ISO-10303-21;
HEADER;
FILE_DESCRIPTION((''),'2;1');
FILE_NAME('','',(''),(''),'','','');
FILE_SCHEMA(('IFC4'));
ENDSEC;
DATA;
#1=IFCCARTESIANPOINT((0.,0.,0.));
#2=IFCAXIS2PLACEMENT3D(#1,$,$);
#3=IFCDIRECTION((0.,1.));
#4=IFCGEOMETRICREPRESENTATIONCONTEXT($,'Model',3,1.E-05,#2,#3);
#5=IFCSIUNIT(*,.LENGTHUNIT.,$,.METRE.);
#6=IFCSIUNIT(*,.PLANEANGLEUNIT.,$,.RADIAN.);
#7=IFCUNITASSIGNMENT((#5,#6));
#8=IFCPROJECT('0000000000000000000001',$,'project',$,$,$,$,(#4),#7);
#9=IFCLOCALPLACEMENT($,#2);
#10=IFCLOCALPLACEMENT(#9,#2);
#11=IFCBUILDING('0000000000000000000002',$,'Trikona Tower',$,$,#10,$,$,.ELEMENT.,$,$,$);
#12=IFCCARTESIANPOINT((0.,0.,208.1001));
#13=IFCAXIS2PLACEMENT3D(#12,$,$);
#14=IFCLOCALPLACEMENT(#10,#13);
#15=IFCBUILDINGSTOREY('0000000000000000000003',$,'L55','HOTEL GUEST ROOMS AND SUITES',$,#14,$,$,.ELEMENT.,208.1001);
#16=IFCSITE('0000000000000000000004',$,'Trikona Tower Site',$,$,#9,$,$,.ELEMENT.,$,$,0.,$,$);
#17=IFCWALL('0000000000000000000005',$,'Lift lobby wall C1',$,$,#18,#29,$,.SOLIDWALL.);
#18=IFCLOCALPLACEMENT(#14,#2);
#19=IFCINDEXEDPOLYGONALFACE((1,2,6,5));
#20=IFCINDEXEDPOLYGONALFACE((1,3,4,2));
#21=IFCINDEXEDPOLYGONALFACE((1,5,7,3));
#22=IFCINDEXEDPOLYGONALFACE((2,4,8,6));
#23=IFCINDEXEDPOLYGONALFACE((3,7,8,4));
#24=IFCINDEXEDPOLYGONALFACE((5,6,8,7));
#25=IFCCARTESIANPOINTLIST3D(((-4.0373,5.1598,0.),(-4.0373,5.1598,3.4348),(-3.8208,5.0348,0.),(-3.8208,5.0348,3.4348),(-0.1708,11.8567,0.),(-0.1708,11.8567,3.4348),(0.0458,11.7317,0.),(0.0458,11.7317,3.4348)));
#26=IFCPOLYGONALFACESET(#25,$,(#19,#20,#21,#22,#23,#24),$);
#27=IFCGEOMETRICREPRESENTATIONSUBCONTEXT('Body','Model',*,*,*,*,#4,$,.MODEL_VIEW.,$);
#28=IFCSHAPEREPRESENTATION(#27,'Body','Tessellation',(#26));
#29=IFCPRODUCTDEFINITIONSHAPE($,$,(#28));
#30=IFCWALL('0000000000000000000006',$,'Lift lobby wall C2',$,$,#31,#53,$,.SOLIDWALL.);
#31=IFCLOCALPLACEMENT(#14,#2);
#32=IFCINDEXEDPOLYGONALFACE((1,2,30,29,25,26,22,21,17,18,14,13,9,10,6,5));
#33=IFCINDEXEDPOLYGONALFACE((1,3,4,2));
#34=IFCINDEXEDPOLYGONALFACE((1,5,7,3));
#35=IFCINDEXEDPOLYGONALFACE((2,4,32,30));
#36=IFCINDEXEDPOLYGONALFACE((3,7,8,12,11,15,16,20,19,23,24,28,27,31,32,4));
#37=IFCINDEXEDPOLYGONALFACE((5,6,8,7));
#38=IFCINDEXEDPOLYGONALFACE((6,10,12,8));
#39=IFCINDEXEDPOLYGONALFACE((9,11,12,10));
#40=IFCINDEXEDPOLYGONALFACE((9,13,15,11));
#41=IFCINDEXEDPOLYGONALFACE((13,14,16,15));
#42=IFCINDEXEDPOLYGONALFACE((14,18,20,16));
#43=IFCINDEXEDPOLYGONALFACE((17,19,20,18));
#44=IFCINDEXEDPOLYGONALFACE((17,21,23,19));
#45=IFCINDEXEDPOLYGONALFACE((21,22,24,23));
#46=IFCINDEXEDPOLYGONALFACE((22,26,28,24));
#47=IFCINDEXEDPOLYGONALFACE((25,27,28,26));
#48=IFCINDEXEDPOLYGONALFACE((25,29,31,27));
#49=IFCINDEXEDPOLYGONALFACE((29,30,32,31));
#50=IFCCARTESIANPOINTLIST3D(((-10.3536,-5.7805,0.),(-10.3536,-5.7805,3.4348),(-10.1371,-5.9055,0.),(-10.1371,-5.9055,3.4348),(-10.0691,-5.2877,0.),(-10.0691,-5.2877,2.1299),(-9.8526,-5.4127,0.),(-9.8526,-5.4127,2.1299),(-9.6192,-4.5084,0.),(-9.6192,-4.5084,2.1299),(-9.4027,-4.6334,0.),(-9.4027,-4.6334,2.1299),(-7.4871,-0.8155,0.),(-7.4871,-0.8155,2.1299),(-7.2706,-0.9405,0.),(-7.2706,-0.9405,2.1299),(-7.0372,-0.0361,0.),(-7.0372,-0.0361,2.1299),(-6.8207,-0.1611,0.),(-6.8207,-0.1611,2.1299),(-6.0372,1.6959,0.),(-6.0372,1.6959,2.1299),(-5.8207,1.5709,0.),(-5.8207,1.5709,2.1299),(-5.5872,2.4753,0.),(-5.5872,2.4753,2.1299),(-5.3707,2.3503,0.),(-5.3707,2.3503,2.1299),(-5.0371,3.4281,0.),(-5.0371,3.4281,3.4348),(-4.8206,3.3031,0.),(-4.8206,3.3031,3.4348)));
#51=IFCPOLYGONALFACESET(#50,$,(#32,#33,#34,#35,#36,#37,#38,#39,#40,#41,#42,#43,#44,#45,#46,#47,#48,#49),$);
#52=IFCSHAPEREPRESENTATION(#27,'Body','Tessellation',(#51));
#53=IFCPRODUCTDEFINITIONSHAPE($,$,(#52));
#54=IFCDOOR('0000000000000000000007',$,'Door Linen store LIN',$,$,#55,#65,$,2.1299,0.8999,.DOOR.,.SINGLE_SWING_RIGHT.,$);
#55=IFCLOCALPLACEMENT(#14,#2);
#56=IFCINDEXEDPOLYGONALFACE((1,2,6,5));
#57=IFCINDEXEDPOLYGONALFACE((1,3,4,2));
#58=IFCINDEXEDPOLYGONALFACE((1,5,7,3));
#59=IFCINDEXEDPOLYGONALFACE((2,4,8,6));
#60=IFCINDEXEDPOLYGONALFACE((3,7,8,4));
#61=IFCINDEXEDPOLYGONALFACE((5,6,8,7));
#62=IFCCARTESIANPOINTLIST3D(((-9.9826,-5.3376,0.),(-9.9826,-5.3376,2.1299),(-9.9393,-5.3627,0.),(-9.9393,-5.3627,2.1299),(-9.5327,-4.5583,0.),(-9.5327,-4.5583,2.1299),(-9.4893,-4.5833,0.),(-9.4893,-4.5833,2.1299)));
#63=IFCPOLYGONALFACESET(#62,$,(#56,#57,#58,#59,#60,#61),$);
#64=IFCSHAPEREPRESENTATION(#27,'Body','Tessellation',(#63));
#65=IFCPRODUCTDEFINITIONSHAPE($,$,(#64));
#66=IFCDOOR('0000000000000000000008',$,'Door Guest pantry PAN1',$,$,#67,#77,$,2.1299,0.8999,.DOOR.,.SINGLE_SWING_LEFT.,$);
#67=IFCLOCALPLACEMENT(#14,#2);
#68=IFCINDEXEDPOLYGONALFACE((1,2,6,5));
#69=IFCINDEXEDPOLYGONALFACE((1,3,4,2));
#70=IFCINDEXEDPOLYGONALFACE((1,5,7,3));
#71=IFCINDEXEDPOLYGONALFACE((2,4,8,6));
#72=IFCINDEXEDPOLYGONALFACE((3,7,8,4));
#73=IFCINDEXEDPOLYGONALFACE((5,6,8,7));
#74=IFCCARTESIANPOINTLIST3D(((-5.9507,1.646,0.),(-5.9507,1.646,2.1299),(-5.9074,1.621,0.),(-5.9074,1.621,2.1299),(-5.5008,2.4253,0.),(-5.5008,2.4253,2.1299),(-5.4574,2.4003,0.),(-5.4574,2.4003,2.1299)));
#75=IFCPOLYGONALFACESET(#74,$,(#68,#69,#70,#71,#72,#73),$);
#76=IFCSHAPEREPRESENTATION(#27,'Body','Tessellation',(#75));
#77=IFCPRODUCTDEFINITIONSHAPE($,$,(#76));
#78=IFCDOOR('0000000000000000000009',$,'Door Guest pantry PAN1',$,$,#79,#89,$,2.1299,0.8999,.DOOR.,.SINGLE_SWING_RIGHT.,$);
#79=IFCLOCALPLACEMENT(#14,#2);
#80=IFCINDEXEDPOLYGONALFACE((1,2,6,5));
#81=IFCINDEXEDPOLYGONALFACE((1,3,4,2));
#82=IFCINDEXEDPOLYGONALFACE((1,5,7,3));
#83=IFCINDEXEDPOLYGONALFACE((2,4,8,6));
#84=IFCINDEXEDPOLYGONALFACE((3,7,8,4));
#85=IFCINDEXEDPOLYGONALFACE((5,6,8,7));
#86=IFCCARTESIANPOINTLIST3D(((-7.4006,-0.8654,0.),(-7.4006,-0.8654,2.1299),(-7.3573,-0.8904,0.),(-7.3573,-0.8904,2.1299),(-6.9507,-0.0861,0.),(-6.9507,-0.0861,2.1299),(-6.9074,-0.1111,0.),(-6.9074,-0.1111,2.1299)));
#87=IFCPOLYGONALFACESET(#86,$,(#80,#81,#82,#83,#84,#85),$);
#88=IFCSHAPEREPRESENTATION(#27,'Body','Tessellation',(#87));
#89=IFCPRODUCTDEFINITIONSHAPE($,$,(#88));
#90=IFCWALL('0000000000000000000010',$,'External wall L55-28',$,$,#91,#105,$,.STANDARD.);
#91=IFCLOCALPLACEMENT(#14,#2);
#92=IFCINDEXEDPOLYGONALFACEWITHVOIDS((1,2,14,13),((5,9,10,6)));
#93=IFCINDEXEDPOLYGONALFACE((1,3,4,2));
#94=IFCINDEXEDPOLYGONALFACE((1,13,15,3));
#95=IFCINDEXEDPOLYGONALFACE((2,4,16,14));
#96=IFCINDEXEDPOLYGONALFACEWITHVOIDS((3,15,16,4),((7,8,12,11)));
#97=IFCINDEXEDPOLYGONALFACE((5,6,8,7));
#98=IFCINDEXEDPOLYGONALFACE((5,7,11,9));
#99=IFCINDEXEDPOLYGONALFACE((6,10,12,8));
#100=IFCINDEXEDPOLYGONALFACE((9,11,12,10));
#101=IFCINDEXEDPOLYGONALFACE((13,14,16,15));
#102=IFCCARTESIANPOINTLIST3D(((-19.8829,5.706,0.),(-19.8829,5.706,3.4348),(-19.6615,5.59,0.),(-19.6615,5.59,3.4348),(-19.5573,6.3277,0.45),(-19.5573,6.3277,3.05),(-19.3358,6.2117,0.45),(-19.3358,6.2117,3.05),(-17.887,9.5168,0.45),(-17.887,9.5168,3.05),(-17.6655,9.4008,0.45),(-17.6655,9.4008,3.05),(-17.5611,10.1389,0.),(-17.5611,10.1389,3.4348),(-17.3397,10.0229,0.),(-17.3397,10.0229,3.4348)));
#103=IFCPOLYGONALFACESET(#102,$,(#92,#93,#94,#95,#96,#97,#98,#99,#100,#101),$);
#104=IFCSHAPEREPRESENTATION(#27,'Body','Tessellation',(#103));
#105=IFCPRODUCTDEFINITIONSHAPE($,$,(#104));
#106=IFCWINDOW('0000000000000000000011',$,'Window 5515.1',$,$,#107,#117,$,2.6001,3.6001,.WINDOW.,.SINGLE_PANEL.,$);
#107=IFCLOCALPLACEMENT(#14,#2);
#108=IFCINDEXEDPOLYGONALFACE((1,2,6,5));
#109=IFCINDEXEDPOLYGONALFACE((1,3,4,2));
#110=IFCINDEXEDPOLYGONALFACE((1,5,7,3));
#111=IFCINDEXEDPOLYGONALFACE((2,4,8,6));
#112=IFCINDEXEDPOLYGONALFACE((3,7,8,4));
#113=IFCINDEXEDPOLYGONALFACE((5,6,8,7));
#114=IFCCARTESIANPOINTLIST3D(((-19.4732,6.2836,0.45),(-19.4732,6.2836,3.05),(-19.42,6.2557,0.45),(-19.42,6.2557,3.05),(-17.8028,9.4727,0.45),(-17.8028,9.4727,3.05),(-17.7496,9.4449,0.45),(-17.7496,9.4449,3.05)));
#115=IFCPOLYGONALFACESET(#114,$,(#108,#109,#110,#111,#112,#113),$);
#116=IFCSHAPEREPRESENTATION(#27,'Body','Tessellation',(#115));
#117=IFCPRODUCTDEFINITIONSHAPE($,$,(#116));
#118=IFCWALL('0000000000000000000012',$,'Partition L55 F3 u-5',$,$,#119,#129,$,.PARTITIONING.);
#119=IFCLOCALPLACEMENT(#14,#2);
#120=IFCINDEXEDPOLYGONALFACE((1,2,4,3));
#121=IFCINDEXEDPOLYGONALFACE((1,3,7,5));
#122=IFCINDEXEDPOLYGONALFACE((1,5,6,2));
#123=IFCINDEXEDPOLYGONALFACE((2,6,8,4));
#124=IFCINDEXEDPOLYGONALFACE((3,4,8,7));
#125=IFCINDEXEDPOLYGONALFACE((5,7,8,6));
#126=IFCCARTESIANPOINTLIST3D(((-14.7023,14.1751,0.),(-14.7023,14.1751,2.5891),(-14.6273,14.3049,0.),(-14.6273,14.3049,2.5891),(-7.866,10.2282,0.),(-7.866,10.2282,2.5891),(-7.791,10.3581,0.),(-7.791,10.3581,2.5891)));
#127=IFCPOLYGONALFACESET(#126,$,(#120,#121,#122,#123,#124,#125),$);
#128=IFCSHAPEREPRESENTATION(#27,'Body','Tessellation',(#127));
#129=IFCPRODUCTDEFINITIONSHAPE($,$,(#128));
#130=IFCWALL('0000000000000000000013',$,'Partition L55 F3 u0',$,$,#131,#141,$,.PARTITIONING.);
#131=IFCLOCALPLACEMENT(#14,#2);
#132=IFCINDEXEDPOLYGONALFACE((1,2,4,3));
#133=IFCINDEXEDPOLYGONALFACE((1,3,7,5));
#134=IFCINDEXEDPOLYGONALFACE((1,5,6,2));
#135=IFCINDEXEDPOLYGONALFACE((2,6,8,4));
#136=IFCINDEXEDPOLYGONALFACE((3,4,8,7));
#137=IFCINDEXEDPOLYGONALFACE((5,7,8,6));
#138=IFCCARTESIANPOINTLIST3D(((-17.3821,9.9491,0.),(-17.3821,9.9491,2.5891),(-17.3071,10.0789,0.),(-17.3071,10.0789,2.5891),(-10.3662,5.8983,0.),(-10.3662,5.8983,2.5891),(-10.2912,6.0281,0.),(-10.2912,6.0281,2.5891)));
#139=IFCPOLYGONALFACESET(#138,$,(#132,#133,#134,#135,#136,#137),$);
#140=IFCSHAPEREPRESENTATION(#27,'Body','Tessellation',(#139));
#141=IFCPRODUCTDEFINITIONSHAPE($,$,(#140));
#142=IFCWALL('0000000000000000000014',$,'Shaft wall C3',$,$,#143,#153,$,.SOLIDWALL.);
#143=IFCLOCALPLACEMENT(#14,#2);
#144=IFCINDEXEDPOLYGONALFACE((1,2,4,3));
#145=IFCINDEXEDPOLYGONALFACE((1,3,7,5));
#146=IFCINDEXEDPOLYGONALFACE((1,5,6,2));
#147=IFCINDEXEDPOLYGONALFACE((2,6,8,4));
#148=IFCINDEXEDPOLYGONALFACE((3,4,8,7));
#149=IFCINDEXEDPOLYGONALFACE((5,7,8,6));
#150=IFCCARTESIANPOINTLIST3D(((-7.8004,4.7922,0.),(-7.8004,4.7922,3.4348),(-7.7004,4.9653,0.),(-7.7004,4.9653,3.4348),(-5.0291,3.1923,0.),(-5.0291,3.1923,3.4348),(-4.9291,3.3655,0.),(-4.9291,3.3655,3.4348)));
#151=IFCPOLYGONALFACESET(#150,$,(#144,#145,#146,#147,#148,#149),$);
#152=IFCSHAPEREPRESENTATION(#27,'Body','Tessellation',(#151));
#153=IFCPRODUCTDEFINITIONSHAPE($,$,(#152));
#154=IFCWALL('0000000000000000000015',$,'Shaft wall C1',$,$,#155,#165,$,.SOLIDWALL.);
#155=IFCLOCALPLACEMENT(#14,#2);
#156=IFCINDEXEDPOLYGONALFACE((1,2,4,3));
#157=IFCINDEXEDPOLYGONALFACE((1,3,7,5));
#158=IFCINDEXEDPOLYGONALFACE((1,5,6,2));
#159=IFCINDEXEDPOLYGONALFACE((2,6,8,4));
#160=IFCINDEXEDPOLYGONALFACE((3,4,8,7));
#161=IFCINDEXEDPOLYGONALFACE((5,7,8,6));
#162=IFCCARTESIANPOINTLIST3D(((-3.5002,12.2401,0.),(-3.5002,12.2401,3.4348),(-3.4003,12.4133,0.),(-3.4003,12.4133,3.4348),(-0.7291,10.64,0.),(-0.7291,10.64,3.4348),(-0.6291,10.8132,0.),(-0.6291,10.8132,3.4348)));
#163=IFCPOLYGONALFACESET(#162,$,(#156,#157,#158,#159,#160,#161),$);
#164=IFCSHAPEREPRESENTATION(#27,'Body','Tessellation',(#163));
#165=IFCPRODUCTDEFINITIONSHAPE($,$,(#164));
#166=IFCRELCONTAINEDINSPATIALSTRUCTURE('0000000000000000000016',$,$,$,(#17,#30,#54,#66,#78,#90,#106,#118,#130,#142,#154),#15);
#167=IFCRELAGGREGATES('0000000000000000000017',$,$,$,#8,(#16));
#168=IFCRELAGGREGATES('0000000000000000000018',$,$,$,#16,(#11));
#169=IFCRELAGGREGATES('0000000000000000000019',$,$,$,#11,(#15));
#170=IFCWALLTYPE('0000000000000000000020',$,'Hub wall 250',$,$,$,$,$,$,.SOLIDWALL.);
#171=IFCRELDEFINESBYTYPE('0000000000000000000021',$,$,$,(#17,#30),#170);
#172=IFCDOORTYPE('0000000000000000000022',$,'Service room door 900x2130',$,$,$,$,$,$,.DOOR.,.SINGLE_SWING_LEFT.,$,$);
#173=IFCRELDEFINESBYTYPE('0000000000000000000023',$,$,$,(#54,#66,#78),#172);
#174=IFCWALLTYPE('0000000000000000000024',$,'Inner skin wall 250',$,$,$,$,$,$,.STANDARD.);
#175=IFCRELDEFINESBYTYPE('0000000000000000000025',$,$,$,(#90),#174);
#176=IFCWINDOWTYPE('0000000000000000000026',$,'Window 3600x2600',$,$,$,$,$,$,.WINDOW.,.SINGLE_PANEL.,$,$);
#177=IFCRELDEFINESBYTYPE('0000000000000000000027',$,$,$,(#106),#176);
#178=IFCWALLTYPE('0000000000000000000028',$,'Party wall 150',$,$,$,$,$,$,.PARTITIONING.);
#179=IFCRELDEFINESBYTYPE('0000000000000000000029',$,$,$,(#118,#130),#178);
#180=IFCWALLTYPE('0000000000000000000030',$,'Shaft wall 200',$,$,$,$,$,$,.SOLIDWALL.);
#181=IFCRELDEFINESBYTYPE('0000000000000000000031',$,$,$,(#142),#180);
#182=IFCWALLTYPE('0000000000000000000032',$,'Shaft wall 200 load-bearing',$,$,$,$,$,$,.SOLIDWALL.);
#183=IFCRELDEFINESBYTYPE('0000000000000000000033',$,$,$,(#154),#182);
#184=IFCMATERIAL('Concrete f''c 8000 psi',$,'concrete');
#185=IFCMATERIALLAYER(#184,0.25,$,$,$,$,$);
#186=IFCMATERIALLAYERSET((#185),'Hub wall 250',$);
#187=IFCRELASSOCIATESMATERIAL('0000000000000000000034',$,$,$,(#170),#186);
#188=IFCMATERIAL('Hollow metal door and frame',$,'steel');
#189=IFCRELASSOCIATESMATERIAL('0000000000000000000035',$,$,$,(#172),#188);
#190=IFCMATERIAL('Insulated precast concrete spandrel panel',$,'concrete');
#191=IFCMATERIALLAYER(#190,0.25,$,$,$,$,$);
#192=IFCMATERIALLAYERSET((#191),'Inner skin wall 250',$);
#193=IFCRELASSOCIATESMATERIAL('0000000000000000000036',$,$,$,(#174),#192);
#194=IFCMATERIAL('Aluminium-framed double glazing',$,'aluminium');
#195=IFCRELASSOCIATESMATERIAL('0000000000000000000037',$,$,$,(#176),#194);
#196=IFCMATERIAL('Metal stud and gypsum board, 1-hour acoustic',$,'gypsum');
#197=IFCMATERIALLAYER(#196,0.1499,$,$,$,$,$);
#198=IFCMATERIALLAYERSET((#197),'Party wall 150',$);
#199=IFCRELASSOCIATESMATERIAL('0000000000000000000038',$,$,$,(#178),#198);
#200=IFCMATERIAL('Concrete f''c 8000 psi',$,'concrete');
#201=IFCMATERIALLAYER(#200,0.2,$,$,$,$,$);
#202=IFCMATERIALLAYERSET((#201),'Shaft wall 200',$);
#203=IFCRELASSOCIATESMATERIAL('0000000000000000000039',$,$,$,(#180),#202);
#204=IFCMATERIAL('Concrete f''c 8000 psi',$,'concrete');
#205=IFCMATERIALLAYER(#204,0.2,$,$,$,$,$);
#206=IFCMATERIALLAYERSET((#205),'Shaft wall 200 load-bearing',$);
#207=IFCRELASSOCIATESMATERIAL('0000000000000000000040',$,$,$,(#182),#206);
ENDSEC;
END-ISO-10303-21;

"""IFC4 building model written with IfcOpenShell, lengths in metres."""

from ifc_helpers import new_model, si_unit, direction, frame, frame_2d, origin, place, context, subcontext, project, spatial, rectangle, extrude, material, layer, layer_set, type_object, element, fill, save


model = new_model("IFC4")

# Units and contexts
model_context = context("Model", 3, precision=1e-05, world=origin(), true_north=direction((0.0, 1.0)))
body_context = subcontext(model_context, "Body", "Model", "MODEL_VIEW")
ifc_project = project(units=[si_unit("LENGTHUNIT", "METRE"), si_unit("PLANEANGLEUNIT", "RADIAN")], contexts=[model_context])

# Site, building, storey
site_placement = place(None, origin())
site = spatial("IfcSite", under=ifc_project, at=site_placement, Name="Trikona Tower Site", CompositionType="ELEMENT", RefElevation=0.0)
building_placement = place(site_placement, origin())
building = spatial("IfcBuilding", under=site, at=building_placement, Name="Trikona Tower", CompositionType="ELEMENT")
storey_placement = place(building_placement, frame((0.0, 0.0, 208.1001)))
storey = spatial("IfcBuildingStorey", under=building, at=storey_placement, Name="L55", Description="HOTEL GUEST ROOMS AND SUITES", CompositionType="ELEMENT", Elevation=208.1001)

# Wall
ifc_material_1 = material(Name="Concrete f'c 8000 psi", Category="concrete")
ifc_layer_1 = layer(ifc_material_1, 0.25)
ifc_layer_set_1 = layer_set([ifc_layer_1], Name="Hub wall 250")
wall_type_1 = type_object("IfcWallType", Name="Hub wall 250", PredefinedType="SOLIDWALL", material=ifc_layer_set_1)
wall_1_placement = place(storey_placement, frame((-0.0625, 11.7942, 0.0), z_axis=(0.0, 0.0, 1.0), x_axis=(-0.500007, -0.866022, 0.0)))
element("IfcWall", 1, at=wall_1_placement, inside=storey, type_object=wall_type_1, Name="Lift lobby wall C1", PredefinedType="SOLIDWALL", context=body_context, shape_type="SweptSolid", body=[
    extrude(rectangle(XDim=7.7329, YDim=0.25, at=frame_2d((3.8665, 0.0))), origin(), (0.0, 0.0, 1.0), 3.4348),
])

# Wall, openings, doors
wall_2_placement = place(storey_placement, frame((-4.929, 3.3655, 0.0), z_axis=(0.0, 0.0, 1.0), x_axis=(-0.499991, -0.86603, 0.0)))
wall_2 = element("IfcWall", 2, at=wall_2_placement, inside=storey, type_object=wall_type_1, Name="Lift lobby wall C2", PredefinedType="SOLIDWALL", context=body_context, shape_type="SweptSolid", body=[
    extrude(rectangle(XDim=10.6331, YDim=0.25, at=frame_2d((5.3164, 0.0))), origin(), (0.0, 0.0, 1.0), 3.4348),
])
opening_1_placement = place(wall_2_placement, frame((9.1641, 0.0, 0.0)))
opening_1 = element("IfcOpeningElement", 3, at=opening_1_placement, cuts=wall_2, PredefinedType="OPENING", context=body_context, shape_type="SweptSolid", body=[
    extrude(rectangle(XDim=0.8999, YDim=2.1299, at=frame_2d((0.45, 1.0649))), frame((0.0, 0.135, 0.0), z_axis=(0.0, -1.0, 0.0), x_axis=(1.0, 0.0, 0.0)), (0.0, 0.0, 1.0), 0.27),
])
opening_2_placement = place(wall_2_placement, frame((1.1001, 0.0, 0.0)))
opening_2 = element("IfcOpeningElement", 4, at=opening_2_placement, cuts=wall_2, PredefinedType="OPENING", context=body_context, shape_type="SweptSolid", body=[
    extrude(rectangle(XDim=0.8999, YDim=2.1299, at=frame_2d((0.45, 1.0649))), frame((0.0, 0.135, 0.0), z_axis=(0.0, -1.0, 0.0), x_axis=(1.0, 0.0, 0.0)), (0.0, 0.0, 1.0), 0.27),
])
opening_3_placement = place(wall_2_placement, frame((4.0, 0.0, 0.0)))
opening_3 = element("IfcOpeningElement", 5, at=opening_3_placement, cuts=wall_2, PredefinedType="OPENING", context=body_context, shape_type="SweptSolid", body=[
    extrude(rectangle(XDim=0.8999, YDim=2.1299, at=frame_2d((0.45, 1.0649))), frame((0.0, 0.135, 0.0), z_axis=(0.0, -1.0, 0.0), x_axis=(1.0, 0.0, 0.0)), (0.0, 0.0, 1.0), 0.27),
])
ifc_material_2 = material(Name="Hollow metal door and frame", Category="steel")
door_type_1 = type_object("IfcDoorType", Name="Service room door 900x2130", OperationType="SINGLE_SWING_LEFT", PredefinedType="DOOR", material=ifc_material_2)
door_1_placement = place(opening_1_placement, origin())
door_1 = element("IfcDoor", 6, at=door_1_placement, inside=storey, type_object=door_type_1, Name="Door Linen store LIN", OperationType="SINGLE_SWING_RIGHT", OverallHeight=2.1299, OverallWidth=0.8999, PredefinedType="DOOR", context=body_context, shape_type="SweptSolid", body=[
    extrude(rectangle(XDim=0.8999, YDim=2.1299, at=frame_2d((0.45, 1.0649))), frame((0.0, 0.0249, 0.0), z_axis=(0.0, -1.0, 0.0), x_axis=(1.0, 0.0, 0.0)), (0.0, 0.0, 1.0), 0.05),
])
fill(opening_1, door_1)
door_2_placement = place(opening_2_placement, origin())
door_2 = element("IfcDoor", 7, at=door_2_placement, inside=storey, type_object=door_type_1, Name="Door Guest pantry PAN1", OperationType="SINGLE_SWING_LEFT", OverallHeight=2.1299, OverallWidth=0.8999, PredefinedType="DOOR", context=body_context, shape_type="SweptSolid", body=[
    extrude(rectangle(XDim=0.8999, YDim=2.1299, at=frame_2d((0.45, 1.0649))), frame((0.0, 0.0249, 0.0), z_axis=(0.0, -1.0, 0.0), x_axis=(1.0, 0.0, 0.0)), (0.0, 0.0, 1.0), 0.05),
])
fill(opening_2, door_2)
door_3_placement = place(opening_3_placement, origin())
door_3 = element("IfcDoor", 8, at=door_3_placement, inside=storey, type_object=door_type_1, Name="Door Guest pantry PAN1", OperationType="SINGLE_SWING_RIGHT", OverallHeight=2.1299, OverallWidth=0.8999, PredefinedType="DOOR", context=body_context, shape_type="SweptSolid", body=[
    extrude(rectangle(XDim=0.8999, YDim=2.1299, at=frame_2d((0.45, 1.0649))), frame((0.0, 0.0249, 0.0), z_axis=(0.0, -1.0, 0.0), x_axis=(1.0, 0.0, 0.0)), (0.0, 0.0, 1.0), 0.05),
])
fill(opening_3, door_3)

# Wall, opening, window
ifc_material_3 = material(Name="Insulated precast concrete spandrel panel", Category="concrete")
ifc_layer_2 = layer(ifc_material_3, 0.25)
ifc_layer_set_2 = layer_set([ifc_layer_2], Name="Inner skin wall 250")
wall_type_2 = type_object("IfcWallType", Name="Inner skin wall 250", PredefinedType="STANDARD", material=ifc_layer_set_2)
wall_3_placement = place(storey_placement, frame((-17.4504, 10.0808, 0.0), z_axis=(0.0, 0.0, 1.0), x_axis=(-0.463976, -0.885848, 0.0)))
wall_3 = element("IfcWall", 9, at=wall_3_placement, inside=storey, type_object=wall_type_2, Name="External wall L55-28", PredefinedType="STANDARD", context=body_context, shape_type="SweptSolid", body=[
    extrude(rectangle(XDim=5.0042, YDim=0.25, at=frame_2d((2.502, 0.0))), origin(), (0.0, 0.0, 1.0), 3.4348),
])
opening_4_placement = place(wall_3_placement, frame((0.7021, 0.0, 0.45)))
opening_4 = element("IfcOpeningElement", 10, at=opening_4_placement, cuts=wall_3, PredefinedType="OPENING", context=body_context, shape_type="SweptSolid", body=[
    extrude(rectangle(XDim=3.6001, YDim=2.6001, at=frame_2d((1.8, 1.3))), frame((0.0, 0.135, 0.0), z_axis=(0.0, -1.0, 0.0), x_axis=(1.0, 0.0, 0.0)), (0.0, 0.0, 1.0), 0.27),
])
ifc_material_4 = material(Name="Aluminium-framed double glazing", Category="aluminium")
window_type = type_object("IfcWindowType", Name="Window 3600x2600", PartitioningType="SINGLE_PANEL", PredefinedType="WINDOW", material=ifc_material_4)
window_placement = place(opening_4_placement, origin())
window = element("IfcWindow", 11, at=window_placement, inside=storey, type_object=window_type, Name="Window 5515.1", OverallHeight=2.6001, OverallWidth=3.6001, PartitioningType="SINGLE_PANEL", PredefinedType="WINDOW", context=body_context, shape_type="SweptSolid", body=[
    extrude(rectangle(XDim=3.6001, YDim=2.6001, at=frame_2d((1.8, 1.3))), frame((0.0, 0.03, 0.0), z_axis=(0.0, -1.0, 0.0), x_axis=(1.0, 0.0, 0.0)), (0.0, 0.0, 1.0), 0.0601),
])
fill(opening_4, window)

# Walls
ifc_material_5 = material(Name="Metal stud and gypsum board, 1-hour acoustic", Category="gypsum")
ifc_layer_3 = layer(ifc_material_5, 0.1499)
ifc_layer_set_3 = layer_set([ifc_layer_3], Name="Party wall 150")
wall_type_3 = type_object("IfcWallType", Name="Party wall 150", PredefinedType="PARTITIONING", material=ifc_layer_set_3)
wall_4_placement = place(storey_placement, frame((-7.8286, 10.2932, 0.0), z_axis=(0.0, 0.0, 1.0), x_axis=(-0.866031, 0.499991, 0.0)))
element("IfcWall", 12, at=wall_4_placement, inside=storey, type_object=wall_type_3, Name="Partition L55 F3 u-5", PredefinedType="PARTITIONING", context=body_context, shape_type="SweptSolid", body=[
    extrude(rectangle(XDim=7.8938, YDim=0.1499, at=frame_2d((3.9468, 0.0))), origin(), (0.0, 0.0, 1.0), 2.5891),
])
wall_5_placement = place(storey_placement, frame((-10.3286, 5.9631, 0.0), z_axis=(0.0, 0.0, 1.0), x_axis=(-0.866016, 0.500015, 0.0)))
element("IfcWall", 13, at=wall_5_placement, inside=storey, type_object=wall_type_3, Name="Partition L55 F3 u0", PredefinedType="PARTITIONING", context=body_context, shape_type="SweptSolid", body=[
    extrude(rectangle(XDim=8.1013, YDim=0.1499, at=frame_2d((4.0508, 0.0))), origin(), (0.0, 0.0, 1.0), 2.5891),
])
ifc_material_6 = material(Name="Concrete f'c 8000 psi", Category="concrete")
ifc_layer_4 = layer(ifc_material_6, 0.2)
ifc_layer_set_4 = layer_set([ifc_layer_4], Name="Shaft wall 200")
wall_type_4 = type_object("IfcWallType", Name="Shaft wall 200", PredefinedType="SOLIDWALL", material=ifc_layer_set_4)
wall_6_placement = place(storey_placement, frame((-4.979, 3.2788, 0.0), z_axis=(0.0, 0.0, 1.0), x_axis=(-0.866042, 0.499971, 0.0)))
element("IfcWall", 14, at=wall_6_placement, inside=storey, type_object=wall_type_4, Name="Shaft wall C3", PredefinedType="SOLIDWALL", context=body_context, shape_type="SweptSolid", body=[
    extrude(rectangle(XDim=3.2, YDim=0.2, at=frame_2d((1.6001, 0.0))), origin(), (0.0, 0.0, 1.0), 3.4348),
])
ifc_material_7 = material(Name="Concrete f'c 8000 psi", Category="concrete")
ifc_layer_5 = layer(ifc_material_7, 0.2)
ifc_layer_set_5 = layer_set([ifc_layer_5], Name="Shaft wall 200 load-bearing")
wall_type_5 = type_object("IfcWallType", Name="Shaft wall 200 load-bearing", PredefinedType="SOLIDWALL", material=ifc_layer_set_5)
for number, where, z_axis, x_axis, name in (
    (15, (-0.679, 10.7266, 0.0), (0.0, 0.0, 1.0), (-0.866009, 0.500028, 0.0), "Shaft wall C1"),
):
    element("IfcWall", number, at=place(storey_placement, frame(where, z_axis=z_axis, x_axis=x_axis)), inside=storey, type_object=wall_type_5, Name=name, PredefinedType="SOLIDWALL", context=body_context, shape_type="SweptSolid", body=[
        extrude(rectangle(XDim=3.2, YDim=0.2, at=frame_2d((1.6001, 0.0))), origin(), (0.0, 0.0, 1.0), 3.4348),
    ])

save(model, "model.ifc")
